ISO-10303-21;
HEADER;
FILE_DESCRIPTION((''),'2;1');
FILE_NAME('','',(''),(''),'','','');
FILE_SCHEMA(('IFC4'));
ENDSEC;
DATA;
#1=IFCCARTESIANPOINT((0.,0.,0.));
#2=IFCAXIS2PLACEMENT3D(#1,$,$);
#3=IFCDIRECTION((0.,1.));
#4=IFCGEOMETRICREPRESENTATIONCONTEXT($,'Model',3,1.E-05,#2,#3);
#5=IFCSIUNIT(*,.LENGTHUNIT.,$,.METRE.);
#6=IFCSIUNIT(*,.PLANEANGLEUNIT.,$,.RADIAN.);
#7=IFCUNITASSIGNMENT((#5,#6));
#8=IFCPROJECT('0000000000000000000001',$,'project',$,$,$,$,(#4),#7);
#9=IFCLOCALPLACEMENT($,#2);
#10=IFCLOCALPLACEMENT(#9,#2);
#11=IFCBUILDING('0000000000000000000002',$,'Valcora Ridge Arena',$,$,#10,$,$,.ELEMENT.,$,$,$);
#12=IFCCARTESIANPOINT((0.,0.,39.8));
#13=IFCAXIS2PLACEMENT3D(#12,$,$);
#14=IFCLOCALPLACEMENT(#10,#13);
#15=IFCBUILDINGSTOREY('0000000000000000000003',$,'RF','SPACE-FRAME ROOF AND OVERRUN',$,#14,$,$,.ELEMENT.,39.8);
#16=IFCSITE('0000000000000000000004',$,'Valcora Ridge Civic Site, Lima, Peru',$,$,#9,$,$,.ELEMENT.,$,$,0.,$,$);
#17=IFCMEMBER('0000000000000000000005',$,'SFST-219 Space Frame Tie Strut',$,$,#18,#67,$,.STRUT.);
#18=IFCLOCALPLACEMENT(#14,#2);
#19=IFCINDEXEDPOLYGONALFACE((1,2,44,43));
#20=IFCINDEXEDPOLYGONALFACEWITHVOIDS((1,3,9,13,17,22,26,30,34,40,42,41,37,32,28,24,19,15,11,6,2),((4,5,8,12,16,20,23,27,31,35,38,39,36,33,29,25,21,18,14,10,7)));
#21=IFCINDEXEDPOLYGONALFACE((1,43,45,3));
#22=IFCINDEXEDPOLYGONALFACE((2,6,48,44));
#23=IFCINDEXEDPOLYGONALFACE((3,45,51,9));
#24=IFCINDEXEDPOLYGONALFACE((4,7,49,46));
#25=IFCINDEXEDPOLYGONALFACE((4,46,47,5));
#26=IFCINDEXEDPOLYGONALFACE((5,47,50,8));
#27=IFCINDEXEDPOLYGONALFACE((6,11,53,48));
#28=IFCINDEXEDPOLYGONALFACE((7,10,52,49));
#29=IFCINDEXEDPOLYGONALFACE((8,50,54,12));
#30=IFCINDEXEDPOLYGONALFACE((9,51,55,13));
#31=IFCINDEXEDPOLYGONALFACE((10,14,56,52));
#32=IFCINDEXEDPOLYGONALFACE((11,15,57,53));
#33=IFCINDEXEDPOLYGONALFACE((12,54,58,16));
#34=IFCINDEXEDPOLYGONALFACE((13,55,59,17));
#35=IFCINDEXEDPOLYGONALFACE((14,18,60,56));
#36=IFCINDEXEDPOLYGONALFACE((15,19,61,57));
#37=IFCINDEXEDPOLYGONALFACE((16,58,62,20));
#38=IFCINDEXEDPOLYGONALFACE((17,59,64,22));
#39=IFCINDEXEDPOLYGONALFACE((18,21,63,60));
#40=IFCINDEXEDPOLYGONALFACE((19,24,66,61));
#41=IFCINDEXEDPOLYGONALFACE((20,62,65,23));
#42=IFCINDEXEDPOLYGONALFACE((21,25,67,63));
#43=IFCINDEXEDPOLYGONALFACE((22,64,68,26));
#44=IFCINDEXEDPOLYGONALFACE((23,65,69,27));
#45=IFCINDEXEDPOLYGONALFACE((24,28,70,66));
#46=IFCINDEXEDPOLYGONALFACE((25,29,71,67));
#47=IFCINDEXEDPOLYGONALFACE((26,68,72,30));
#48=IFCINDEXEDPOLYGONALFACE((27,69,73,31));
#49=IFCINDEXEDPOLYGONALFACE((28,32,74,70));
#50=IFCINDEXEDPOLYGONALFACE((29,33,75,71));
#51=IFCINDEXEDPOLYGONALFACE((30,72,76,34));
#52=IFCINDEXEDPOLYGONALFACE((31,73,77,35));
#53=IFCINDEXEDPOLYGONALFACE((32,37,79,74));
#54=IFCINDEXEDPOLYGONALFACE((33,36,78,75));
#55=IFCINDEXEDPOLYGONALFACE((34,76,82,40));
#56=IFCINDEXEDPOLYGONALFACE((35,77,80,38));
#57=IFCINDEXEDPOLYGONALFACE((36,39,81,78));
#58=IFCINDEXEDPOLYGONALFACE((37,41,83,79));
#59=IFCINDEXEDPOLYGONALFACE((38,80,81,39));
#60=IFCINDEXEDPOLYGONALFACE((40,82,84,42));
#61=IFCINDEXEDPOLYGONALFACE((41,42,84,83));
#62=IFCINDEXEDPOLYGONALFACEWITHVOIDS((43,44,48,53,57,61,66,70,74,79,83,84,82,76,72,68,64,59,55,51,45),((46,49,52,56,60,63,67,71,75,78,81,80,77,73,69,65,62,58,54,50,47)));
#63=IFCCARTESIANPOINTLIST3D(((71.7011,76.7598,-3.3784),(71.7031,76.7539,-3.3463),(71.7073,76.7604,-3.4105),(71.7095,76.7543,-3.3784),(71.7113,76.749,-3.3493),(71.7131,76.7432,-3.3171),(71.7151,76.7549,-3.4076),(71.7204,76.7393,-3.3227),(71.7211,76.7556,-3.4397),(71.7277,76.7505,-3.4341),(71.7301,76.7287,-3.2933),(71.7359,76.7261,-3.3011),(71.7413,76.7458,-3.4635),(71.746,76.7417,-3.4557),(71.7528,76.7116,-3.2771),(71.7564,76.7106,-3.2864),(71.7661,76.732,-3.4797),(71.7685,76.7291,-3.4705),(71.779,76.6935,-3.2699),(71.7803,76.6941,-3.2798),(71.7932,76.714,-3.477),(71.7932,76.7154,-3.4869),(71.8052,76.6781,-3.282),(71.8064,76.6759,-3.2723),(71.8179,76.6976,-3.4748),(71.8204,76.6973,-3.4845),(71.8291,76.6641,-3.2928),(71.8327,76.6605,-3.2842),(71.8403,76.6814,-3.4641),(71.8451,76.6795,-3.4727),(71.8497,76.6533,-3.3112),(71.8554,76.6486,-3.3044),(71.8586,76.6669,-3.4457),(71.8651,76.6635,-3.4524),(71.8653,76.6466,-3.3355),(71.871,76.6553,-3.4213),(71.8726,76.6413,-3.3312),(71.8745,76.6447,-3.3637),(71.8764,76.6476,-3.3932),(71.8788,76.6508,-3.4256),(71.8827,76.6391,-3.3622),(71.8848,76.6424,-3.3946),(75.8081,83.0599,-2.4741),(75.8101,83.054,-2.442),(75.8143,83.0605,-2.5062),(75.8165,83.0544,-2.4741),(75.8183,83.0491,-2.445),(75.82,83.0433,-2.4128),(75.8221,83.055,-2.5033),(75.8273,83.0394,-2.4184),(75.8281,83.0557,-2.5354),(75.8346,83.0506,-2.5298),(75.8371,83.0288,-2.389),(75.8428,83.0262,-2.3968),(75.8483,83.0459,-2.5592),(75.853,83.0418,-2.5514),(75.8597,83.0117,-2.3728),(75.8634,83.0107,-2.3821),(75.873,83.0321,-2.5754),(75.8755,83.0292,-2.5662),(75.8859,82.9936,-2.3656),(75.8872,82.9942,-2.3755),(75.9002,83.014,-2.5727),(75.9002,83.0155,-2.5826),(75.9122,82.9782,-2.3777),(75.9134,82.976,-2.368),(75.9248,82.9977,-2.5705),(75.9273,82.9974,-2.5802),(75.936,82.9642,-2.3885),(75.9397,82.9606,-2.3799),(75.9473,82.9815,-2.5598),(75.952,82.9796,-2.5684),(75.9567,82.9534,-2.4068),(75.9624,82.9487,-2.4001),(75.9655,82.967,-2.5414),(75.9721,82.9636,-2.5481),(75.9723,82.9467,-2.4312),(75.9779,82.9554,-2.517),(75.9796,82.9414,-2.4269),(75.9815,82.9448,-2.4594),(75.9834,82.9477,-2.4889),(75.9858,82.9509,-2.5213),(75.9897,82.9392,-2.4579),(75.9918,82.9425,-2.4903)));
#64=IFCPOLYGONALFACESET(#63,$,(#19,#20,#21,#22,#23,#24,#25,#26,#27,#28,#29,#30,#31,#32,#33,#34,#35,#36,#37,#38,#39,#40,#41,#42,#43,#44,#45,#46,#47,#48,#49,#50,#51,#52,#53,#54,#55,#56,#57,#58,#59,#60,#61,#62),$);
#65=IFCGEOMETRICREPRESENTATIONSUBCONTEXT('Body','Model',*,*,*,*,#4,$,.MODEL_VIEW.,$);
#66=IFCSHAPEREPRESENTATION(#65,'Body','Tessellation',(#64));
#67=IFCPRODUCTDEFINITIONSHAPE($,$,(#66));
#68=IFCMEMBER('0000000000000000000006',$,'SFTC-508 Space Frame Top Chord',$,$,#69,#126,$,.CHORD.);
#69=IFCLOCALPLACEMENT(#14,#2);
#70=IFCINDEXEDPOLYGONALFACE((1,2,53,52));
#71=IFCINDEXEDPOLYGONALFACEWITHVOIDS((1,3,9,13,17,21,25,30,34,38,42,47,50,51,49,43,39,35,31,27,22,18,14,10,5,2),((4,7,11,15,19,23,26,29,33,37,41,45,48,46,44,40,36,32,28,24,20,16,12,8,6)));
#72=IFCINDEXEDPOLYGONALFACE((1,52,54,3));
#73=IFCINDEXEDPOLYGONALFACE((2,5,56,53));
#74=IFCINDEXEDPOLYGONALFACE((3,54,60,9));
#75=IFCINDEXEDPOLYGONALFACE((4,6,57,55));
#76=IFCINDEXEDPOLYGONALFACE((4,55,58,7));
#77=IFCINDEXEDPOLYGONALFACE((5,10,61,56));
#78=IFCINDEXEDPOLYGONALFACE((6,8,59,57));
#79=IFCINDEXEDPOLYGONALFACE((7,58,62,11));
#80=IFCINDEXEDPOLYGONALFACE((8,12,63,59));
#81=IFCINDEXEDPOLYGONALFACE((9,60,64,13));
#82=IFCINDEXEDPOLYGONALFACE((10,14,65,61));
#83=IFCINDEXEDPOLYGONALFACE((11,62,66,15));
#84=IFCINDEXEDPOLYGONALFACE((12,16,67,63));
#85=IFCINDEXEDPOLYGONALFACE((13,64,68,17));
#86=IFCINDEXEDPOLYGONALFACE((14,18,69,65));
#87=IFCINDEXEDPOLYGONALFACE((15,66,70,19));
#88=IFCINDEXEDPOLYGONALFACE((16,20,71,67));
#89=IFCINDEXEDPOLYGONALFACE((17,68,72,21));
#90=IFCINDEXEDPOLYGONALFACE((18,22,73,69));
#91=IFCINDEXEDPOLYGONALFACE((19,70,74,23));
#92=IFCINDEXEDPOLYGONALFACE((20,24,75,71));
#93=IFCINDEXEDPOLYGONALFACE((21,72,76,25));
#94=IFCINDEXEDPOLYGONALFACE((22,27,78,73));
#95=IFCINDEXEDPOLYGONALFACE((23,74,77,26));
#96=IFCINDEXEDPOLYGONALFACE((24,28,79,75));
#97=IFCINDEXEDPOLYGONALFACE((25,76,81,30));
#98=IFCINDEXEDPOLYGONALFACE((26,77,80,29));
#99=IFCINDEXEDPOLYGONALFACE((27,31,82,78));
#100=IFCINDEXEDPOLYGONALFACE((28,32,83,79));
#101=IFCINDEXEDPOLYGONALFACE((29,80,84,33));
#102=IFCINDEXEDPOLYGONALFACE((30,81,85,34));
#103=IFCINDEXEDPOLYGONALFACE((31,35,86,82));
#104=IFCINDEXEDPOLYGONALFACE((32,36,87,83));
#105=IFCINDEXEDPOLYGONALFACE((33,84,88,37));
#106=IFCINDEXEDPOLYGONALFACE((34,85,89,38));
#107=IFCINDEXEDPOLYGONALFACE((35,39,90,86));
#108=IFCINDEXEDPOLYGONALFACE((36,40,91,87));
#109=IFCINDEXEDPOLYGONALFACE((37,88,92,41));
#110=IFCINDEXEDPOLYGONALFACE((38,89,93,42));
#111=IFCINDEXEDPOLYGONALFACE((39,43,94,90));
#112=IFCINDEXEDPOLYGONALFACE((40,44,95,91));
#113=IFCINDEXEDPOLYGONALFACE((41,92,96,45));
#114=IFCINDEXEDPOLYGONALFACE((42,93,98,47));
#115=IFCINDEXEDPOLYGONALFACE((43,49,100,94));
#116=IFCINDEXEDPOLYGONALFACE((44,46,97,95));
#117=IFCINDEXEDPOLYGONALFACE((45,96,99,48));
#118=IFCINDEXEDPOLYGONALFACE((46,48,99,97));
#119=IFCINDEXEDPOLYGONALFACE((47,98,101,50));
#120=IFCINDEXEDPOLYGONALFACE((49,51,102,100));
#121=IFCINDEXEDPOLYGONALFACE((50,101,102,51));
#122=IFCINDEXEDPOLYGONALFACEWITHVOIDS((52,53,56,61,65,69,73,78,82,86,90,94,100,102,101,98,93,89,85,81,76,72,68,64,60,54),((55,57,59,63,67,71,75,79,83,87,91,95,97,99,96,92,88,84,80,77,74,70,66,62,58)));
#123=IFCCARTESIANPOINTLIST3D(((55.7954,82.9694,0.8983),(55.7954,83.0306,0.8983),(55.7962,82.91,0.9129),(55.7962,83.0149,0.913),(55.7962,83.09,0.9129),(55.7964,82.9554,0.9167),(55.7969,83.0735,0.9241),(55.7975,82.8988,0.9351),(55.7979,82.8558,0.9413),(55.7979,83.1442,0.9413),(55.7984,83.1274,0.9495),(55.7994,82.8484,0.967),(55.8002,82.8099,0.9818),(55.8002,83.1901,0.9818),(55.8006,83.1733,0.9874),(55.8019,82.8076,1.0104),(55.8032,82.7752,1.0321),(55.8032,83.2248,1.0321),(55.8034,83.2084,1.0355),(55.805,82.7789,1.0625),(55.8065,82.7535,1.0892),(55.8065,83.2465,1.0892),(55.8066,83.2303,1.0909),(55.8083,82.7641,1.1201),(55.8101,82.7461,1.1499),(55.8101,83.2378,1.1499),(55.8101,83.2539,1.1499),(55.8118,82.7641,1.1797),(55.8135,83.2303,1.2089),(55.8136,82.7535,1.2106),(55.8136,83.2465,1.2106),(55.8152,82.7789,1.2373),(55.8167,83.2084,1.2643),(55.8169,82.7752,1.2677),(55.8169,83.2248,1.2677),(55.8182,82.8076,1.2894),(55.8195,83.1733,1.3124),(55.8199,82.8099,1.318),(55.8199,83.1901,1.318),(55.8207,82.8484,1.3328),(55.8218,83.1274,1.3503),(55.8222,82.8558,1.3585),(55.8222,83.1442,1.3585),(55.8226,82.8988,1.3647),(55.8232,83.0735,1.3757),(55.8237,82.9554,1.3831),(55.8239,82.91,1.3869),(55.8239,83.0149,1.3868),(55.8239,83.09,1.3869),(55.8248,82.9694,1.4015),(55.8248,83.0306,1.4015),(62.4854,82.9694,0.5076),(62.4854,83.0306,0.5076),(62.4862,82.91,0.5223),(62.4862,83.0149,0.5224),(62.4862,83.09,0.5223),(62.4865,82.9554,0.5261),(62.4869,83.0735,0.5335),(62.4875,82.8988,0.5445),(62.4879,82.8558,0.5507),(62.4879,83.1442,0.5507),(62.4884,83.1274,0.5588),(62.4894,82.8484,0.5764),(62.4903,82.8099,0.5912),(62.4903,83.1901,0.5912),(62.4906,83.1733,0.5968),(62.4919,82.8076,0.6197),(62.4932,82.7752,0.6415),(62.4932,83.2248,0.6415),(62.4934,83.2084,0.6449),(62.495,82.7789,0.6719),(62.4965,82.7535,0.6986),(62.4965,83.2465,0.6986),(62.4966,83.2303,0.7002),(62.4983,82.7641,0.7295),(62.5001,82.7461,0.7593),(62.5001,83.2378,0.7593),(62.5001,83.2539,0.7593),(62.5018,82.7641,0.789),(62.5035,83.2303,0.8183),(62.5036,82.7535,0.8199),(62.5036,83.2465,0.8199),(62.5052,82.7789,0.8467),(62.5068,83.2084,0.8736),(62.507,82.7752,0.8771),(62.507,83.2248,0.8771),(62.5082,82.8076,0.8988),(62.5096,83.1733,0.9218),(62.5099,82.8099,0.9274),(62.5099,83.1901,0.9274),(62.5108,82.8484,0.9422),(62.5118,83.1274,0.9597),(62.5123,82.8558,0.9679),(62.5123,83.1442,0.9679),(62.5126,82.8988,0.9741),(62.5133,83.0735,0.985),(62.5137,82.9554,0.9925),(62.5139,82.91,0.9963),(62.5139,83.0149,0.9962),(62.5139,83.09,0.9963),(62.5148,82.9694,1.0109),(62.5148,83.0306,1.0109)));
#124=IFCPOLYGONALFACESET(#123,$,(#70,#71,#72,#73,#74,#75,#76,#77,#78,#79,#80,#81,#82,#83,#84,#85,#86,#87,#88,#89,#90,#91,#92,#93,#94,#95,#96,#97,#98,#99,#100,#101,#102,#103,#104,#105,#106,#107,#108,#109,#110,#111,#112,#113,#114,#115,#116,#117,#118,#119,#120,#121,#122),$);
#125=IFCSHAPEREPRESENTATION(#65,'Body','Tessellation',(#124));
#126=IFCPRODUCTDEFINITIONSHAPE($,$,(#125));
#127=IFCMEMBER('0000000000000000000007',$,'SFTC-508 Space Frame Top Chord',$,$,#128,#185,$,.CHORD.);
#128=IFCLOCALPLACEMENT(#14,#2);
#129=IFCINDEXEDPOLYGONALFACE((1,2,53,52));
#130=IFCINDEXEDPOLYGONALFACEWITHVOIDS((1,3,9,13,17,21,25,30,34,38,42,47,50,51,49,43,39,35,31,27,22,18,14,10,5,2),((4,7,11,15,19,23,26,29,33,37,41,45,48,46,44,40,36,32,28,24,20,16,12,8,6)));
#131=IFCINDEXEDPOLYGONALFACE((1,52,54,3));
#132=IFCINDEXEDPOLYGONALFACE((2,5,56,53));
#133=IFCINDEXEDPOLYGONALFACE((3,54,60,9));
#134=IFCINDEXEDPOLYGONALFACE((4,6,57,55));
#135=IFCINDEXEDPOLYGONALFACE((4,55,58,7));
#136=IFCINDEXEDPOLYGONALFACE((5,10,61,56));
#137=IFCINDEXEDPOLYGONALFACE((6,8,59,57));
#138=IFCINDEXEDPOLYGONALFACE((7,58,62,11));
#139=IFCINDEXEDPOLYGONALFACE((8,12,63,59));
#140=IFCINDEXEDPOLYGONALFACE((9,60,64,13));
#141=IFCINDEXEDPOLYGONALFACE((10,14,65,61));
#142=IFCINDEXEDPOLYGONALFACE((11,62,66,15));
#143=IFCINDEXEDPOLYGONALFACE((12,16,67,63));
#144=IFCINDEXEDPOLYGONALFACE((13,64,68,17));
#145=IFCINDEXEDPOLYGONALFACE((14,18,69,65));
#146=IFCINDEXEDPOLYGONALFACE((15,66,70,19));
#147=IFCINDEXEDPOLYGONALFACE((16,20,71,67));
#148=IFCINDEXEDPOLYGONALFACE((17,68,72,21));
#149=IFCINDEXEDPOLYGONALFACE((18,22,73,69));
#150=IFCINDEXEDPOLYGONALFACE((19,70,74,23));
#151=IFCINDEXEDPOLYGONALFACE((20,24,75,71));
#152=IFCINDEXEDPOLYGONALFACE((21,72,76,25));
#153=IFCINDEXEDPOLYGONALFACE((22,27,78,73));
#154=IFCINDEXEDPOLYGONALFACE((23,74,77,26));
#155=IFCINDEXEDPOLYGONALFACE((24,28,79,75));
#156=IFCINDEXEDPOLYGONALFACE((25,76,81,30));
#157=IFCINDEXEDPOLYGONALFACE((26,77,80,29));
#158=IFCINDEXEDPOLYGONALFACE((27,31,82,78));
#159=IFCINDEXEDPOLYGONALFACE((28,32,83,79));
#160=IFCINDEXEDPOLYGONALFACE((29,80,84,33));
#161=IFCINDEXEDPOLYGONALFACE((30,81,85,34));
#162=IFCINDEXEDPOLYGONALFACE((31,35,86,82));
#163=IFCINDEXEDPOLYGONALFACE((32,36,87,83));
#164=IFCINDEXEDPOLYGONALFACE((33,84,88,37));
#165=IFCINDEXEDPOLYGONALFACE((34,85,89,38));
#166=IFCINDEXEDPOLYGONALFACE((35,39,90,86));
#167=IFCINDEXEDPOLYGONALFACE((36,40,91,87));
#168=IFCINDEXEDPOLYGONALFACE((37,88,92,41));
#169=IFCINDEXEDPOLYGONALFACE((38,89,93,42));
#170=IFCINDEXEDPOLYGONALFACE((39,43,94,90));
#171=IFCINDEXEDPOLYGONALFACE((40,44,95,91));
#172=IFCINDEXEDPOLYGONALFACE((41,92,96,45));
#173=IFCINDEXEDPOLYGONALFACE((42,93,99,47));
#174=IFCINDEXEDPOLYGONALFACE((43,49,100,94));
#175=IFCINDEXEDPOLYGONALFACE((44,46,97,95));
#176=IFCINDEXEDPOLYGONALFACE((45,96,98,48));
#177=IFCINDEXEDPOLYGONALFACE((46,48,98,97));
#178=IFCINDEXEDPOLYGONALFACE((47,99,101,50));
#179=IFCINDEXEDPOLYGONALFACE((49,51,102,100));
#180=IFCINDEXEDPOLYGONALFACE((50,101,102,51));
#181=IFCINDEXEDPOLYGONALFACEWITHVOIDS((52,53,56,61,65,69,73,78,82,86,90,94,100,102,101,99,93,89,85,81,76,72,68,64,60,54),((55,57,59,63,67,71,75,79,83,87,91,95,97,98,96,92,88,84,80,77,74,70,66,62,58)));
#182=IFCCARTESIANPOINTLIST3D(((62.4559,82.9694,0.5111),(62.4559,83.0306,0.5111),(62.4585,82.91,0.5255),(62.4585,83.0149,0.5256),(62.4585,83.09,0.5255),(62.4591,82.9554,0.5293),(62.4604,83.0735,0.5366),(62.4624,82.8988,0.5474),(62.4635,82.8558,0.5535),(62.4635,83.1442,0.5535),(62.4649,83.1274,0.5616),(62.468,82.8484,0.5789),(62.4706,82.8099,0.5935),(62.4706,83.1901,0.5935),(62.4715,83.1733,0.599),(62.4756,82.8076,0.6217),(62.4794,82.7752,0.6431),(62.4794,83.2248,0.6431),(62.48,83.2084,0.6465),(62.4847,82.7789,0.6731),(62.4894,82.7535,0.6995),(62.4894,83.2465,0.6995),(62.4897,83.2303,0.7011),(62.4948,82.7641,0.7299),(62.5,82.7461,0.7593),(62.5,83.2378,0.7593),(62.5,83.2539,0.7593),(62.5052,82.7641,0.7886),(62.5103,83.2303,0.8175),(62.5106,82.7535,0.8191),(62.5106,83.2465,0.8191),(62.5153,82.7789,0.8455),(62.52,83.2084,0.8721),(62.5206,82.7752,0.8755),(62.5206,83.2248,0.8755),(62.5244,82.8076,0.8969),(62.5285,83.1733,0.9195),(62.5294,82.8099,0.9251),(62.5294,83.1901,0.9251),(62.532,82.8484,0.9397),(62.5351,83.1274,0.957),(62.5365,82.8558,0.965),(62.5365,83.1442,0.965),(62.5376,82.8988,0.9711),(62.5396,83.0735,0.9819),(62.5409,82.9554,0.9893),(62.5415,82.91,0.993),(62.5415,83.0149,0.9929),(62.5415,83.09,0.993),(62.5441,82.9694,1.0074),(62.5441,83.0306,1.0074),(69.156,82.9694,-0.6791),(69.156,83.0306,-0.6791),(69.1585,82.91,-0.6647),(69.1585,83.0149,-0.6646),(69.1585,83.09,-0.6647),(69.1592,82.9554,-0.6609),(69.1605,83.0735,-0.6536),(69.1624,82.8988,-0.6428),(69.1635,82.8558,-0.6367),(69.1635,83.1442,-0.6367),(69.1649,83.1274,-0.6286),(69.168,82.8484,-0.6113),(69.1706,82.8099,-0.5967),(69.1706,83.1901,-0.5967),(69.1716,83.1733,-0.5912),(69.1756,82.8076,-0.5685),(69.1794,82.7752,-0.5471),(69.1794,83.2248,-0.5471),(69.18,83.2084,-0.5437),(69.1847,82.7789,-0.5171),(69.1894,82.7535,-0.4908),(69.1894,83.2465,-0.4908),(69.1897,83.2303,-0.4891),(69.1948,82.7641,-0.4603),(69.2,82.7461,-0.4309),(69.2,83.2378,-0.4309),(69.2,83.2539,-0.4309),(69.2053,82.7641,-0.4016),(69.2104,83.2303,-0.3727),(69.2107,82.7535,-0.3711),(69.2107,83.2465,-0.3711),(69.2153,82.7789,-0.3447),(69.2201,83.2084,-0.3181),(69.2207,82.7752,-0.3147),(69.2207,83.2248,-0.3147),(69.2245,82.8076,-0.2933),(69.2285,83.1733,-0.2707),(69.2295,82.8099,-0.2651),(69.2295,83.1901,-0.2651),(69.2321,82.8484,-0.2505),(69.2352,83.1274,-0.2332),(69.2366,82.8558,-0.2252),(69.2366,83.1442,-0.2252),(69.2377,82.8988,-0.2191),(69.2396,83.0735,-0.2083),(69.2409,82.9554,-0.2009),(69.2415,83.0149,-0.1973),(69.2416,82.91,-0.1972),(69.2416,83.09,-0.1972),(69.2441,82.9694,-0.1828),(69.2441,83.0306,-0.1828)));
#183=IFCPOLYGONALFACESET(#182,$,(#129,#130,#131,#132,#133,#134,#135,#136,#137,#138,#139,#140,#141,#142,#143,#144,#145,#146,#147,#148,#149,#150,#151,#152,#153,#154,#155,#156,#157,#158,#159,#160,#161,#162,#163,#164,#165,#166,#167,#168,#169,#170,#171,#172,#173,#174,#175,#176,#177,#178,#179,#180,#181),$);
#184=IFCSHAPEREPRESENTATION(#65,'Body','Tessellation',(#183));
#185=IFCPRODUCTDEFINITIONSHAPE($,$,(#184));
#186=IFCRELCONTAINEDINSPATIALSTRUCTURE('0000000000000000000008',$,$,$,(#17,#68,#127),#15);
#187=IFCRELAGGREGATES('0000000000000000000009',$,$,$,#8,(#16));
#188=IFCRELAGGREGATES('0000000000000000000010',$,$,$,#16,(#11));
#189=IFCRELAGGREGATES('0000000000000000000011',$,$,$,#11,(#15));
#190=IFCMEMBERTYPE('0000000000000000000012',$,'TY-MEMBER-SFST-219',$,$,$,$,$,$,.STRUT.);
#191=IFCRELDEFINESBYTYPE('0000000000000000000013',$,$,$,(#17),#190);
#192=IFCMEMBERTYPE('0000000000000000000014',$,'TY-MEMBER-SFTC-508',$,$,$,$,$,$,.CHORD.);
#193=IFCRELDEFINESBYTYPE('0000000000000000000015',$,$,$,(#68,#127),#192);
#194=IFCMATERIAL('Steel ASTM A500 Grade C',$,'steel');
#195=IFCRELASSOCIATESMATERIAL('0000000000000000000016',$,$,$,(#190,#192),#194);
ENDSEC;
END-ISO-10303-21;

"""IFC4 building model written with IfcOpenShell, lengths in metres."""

from ifc_helpers import new_model, si_unit, direction, frame, origin, origin_2d, place, context, subcontext, project, spatial, hollow_circle, extrude, material, material_profile, profile_set, type_object, element, save


model = new_model("IFC4")

# Units and contexts
model_context = context("Model", 3, precision=1e-05, world=origin(), true_north=direction((0.0, 1.0)))
body_context = subcontext(model_context, "Body", "Model", "MODEL_VIEW")
ifc_project = project(units=[si_unit("LENGTHUNIT", "METRE"), si_unit("PLANEANGLEUNIT", "RADIAN")], contexts=[model_context])

# Site, building, storey
site_placement = place(None, origin())
site = spatial("IfcSite", under=ifc_project, at=site_placement, Name="Valcora Ridge Civic Site, Lima, Peru", CompositionType="ELEMENT", RefElevation=0.0)
building_placement = place(site_placement, origin())
building = spatial("IfcBuilding", under=site, at=building_placement, Name="Valcora Ridge Arena", CompositionType="ELEMENT")
storey_placement = place(building_placement, frame((0.0, 0.0, 39.8)))
storey = spatial("IfcBuildingStorey", under=building, at=storey_placement, Name="RF", Description="SPACE-FRAME ROOF AND OVERRUN", CompositionType="ELEMENT", Elevation=39.8)

# Members
ifc_material_1 = material(Name="Steel ASTM A500 Grade C", Category="steel")
ifc_material_profile_1 = material_profile(ifc_material_1, hollow_circle(Radius=0.1096, WallThickness=0.01, at=origin_2d()), Name="CHS219X10")
ifc_profile_set_1 = profile_set([ifc_material_profile_1], Name="Steel ASTM A500 Grade C")
member_type_1 = type_object("IfcMemberType", Name="TY-MEMBER-SFST-219", PredefinedType="STRUT", material=ifc_profile_set_1)
member_1_placement = place(storey_placement, frame((71.793, 76.7, -3.3784), z_axis=(0.542195, 0.831728, 0.119385), x_axis=(-0.83772, 0.5461, 0.0)))
element("IfcMember", 1, at=member_1_placement, inside=storey, type_object=member_type_1, Name="SFST-219 Space Frame Tie Strut", PredefinedType="STRUT", context=body_context, shape_type="SweptSolid", body=[
    extrude(hollow_circle(Radius=0.1096, WallThickness=0.01, at=origin_2d()), origin(), (0.0, 0.0, 1.0), 7.5747),
])
ifc_material_profile_2 = material_profile(ifc_material_1, hollow_circle(Radius=0.2539, WallThickness=0.0161, at=origin_2d()), Name="CHS508X16")
ifc_profile_set_2 = profile_set([ifc_material_profile_2], Name="Steel ASTM A500 Grade C")
member_type_2 = type_object("IfcMemberType", Name="TY-MEMBER-SFTC-508", PredefinedType="CHORD", material=ifc_profile_set_2)
member_2_placement = place(storey_placement, frame((55.8101, 83.0, 1.1499), z_axis=(0.9983, 0.0, -0.058291), x_axis=(0.0, 1.0, 0.0)))
element("IfcMember", 2, at=member_2_placement, inside=storey, type_object=member_type_2, Name="SFTC-508 Space Frame Top Chord", PredefinedType="CHORD", context=body_context, shape_type="SweptSolid", body=[
    extrude(hollow_circle(Radius=0.2539, WallThickness=0.0161, at=origin_2d()), origin(), (0.0, 0.0, 1.0), 6.7014),
])
member_3_placement = place(storey_placement, frame((62.5, 83.0, 0.7593), z_axis=(0.984586, 0.0, -0.174903), x_axis=(0.0, 1.0, 0.0)))
element("IfcMember", 3, at=member_3_placement, inside=storey, type_object=member_type_2, Name="SFTC-508 Space Frame Top Chord", PredefinedType="CHORD", context=body_context, shape_type="SweptSolid", body=[
    extrude(hollow_circle(Radius=0.2539, WallThickness=0.0161, at=origin_2d()), origin(), (0.0, 0.0, 1.0), 6.8049),
])

save(model, "model.ifc")
